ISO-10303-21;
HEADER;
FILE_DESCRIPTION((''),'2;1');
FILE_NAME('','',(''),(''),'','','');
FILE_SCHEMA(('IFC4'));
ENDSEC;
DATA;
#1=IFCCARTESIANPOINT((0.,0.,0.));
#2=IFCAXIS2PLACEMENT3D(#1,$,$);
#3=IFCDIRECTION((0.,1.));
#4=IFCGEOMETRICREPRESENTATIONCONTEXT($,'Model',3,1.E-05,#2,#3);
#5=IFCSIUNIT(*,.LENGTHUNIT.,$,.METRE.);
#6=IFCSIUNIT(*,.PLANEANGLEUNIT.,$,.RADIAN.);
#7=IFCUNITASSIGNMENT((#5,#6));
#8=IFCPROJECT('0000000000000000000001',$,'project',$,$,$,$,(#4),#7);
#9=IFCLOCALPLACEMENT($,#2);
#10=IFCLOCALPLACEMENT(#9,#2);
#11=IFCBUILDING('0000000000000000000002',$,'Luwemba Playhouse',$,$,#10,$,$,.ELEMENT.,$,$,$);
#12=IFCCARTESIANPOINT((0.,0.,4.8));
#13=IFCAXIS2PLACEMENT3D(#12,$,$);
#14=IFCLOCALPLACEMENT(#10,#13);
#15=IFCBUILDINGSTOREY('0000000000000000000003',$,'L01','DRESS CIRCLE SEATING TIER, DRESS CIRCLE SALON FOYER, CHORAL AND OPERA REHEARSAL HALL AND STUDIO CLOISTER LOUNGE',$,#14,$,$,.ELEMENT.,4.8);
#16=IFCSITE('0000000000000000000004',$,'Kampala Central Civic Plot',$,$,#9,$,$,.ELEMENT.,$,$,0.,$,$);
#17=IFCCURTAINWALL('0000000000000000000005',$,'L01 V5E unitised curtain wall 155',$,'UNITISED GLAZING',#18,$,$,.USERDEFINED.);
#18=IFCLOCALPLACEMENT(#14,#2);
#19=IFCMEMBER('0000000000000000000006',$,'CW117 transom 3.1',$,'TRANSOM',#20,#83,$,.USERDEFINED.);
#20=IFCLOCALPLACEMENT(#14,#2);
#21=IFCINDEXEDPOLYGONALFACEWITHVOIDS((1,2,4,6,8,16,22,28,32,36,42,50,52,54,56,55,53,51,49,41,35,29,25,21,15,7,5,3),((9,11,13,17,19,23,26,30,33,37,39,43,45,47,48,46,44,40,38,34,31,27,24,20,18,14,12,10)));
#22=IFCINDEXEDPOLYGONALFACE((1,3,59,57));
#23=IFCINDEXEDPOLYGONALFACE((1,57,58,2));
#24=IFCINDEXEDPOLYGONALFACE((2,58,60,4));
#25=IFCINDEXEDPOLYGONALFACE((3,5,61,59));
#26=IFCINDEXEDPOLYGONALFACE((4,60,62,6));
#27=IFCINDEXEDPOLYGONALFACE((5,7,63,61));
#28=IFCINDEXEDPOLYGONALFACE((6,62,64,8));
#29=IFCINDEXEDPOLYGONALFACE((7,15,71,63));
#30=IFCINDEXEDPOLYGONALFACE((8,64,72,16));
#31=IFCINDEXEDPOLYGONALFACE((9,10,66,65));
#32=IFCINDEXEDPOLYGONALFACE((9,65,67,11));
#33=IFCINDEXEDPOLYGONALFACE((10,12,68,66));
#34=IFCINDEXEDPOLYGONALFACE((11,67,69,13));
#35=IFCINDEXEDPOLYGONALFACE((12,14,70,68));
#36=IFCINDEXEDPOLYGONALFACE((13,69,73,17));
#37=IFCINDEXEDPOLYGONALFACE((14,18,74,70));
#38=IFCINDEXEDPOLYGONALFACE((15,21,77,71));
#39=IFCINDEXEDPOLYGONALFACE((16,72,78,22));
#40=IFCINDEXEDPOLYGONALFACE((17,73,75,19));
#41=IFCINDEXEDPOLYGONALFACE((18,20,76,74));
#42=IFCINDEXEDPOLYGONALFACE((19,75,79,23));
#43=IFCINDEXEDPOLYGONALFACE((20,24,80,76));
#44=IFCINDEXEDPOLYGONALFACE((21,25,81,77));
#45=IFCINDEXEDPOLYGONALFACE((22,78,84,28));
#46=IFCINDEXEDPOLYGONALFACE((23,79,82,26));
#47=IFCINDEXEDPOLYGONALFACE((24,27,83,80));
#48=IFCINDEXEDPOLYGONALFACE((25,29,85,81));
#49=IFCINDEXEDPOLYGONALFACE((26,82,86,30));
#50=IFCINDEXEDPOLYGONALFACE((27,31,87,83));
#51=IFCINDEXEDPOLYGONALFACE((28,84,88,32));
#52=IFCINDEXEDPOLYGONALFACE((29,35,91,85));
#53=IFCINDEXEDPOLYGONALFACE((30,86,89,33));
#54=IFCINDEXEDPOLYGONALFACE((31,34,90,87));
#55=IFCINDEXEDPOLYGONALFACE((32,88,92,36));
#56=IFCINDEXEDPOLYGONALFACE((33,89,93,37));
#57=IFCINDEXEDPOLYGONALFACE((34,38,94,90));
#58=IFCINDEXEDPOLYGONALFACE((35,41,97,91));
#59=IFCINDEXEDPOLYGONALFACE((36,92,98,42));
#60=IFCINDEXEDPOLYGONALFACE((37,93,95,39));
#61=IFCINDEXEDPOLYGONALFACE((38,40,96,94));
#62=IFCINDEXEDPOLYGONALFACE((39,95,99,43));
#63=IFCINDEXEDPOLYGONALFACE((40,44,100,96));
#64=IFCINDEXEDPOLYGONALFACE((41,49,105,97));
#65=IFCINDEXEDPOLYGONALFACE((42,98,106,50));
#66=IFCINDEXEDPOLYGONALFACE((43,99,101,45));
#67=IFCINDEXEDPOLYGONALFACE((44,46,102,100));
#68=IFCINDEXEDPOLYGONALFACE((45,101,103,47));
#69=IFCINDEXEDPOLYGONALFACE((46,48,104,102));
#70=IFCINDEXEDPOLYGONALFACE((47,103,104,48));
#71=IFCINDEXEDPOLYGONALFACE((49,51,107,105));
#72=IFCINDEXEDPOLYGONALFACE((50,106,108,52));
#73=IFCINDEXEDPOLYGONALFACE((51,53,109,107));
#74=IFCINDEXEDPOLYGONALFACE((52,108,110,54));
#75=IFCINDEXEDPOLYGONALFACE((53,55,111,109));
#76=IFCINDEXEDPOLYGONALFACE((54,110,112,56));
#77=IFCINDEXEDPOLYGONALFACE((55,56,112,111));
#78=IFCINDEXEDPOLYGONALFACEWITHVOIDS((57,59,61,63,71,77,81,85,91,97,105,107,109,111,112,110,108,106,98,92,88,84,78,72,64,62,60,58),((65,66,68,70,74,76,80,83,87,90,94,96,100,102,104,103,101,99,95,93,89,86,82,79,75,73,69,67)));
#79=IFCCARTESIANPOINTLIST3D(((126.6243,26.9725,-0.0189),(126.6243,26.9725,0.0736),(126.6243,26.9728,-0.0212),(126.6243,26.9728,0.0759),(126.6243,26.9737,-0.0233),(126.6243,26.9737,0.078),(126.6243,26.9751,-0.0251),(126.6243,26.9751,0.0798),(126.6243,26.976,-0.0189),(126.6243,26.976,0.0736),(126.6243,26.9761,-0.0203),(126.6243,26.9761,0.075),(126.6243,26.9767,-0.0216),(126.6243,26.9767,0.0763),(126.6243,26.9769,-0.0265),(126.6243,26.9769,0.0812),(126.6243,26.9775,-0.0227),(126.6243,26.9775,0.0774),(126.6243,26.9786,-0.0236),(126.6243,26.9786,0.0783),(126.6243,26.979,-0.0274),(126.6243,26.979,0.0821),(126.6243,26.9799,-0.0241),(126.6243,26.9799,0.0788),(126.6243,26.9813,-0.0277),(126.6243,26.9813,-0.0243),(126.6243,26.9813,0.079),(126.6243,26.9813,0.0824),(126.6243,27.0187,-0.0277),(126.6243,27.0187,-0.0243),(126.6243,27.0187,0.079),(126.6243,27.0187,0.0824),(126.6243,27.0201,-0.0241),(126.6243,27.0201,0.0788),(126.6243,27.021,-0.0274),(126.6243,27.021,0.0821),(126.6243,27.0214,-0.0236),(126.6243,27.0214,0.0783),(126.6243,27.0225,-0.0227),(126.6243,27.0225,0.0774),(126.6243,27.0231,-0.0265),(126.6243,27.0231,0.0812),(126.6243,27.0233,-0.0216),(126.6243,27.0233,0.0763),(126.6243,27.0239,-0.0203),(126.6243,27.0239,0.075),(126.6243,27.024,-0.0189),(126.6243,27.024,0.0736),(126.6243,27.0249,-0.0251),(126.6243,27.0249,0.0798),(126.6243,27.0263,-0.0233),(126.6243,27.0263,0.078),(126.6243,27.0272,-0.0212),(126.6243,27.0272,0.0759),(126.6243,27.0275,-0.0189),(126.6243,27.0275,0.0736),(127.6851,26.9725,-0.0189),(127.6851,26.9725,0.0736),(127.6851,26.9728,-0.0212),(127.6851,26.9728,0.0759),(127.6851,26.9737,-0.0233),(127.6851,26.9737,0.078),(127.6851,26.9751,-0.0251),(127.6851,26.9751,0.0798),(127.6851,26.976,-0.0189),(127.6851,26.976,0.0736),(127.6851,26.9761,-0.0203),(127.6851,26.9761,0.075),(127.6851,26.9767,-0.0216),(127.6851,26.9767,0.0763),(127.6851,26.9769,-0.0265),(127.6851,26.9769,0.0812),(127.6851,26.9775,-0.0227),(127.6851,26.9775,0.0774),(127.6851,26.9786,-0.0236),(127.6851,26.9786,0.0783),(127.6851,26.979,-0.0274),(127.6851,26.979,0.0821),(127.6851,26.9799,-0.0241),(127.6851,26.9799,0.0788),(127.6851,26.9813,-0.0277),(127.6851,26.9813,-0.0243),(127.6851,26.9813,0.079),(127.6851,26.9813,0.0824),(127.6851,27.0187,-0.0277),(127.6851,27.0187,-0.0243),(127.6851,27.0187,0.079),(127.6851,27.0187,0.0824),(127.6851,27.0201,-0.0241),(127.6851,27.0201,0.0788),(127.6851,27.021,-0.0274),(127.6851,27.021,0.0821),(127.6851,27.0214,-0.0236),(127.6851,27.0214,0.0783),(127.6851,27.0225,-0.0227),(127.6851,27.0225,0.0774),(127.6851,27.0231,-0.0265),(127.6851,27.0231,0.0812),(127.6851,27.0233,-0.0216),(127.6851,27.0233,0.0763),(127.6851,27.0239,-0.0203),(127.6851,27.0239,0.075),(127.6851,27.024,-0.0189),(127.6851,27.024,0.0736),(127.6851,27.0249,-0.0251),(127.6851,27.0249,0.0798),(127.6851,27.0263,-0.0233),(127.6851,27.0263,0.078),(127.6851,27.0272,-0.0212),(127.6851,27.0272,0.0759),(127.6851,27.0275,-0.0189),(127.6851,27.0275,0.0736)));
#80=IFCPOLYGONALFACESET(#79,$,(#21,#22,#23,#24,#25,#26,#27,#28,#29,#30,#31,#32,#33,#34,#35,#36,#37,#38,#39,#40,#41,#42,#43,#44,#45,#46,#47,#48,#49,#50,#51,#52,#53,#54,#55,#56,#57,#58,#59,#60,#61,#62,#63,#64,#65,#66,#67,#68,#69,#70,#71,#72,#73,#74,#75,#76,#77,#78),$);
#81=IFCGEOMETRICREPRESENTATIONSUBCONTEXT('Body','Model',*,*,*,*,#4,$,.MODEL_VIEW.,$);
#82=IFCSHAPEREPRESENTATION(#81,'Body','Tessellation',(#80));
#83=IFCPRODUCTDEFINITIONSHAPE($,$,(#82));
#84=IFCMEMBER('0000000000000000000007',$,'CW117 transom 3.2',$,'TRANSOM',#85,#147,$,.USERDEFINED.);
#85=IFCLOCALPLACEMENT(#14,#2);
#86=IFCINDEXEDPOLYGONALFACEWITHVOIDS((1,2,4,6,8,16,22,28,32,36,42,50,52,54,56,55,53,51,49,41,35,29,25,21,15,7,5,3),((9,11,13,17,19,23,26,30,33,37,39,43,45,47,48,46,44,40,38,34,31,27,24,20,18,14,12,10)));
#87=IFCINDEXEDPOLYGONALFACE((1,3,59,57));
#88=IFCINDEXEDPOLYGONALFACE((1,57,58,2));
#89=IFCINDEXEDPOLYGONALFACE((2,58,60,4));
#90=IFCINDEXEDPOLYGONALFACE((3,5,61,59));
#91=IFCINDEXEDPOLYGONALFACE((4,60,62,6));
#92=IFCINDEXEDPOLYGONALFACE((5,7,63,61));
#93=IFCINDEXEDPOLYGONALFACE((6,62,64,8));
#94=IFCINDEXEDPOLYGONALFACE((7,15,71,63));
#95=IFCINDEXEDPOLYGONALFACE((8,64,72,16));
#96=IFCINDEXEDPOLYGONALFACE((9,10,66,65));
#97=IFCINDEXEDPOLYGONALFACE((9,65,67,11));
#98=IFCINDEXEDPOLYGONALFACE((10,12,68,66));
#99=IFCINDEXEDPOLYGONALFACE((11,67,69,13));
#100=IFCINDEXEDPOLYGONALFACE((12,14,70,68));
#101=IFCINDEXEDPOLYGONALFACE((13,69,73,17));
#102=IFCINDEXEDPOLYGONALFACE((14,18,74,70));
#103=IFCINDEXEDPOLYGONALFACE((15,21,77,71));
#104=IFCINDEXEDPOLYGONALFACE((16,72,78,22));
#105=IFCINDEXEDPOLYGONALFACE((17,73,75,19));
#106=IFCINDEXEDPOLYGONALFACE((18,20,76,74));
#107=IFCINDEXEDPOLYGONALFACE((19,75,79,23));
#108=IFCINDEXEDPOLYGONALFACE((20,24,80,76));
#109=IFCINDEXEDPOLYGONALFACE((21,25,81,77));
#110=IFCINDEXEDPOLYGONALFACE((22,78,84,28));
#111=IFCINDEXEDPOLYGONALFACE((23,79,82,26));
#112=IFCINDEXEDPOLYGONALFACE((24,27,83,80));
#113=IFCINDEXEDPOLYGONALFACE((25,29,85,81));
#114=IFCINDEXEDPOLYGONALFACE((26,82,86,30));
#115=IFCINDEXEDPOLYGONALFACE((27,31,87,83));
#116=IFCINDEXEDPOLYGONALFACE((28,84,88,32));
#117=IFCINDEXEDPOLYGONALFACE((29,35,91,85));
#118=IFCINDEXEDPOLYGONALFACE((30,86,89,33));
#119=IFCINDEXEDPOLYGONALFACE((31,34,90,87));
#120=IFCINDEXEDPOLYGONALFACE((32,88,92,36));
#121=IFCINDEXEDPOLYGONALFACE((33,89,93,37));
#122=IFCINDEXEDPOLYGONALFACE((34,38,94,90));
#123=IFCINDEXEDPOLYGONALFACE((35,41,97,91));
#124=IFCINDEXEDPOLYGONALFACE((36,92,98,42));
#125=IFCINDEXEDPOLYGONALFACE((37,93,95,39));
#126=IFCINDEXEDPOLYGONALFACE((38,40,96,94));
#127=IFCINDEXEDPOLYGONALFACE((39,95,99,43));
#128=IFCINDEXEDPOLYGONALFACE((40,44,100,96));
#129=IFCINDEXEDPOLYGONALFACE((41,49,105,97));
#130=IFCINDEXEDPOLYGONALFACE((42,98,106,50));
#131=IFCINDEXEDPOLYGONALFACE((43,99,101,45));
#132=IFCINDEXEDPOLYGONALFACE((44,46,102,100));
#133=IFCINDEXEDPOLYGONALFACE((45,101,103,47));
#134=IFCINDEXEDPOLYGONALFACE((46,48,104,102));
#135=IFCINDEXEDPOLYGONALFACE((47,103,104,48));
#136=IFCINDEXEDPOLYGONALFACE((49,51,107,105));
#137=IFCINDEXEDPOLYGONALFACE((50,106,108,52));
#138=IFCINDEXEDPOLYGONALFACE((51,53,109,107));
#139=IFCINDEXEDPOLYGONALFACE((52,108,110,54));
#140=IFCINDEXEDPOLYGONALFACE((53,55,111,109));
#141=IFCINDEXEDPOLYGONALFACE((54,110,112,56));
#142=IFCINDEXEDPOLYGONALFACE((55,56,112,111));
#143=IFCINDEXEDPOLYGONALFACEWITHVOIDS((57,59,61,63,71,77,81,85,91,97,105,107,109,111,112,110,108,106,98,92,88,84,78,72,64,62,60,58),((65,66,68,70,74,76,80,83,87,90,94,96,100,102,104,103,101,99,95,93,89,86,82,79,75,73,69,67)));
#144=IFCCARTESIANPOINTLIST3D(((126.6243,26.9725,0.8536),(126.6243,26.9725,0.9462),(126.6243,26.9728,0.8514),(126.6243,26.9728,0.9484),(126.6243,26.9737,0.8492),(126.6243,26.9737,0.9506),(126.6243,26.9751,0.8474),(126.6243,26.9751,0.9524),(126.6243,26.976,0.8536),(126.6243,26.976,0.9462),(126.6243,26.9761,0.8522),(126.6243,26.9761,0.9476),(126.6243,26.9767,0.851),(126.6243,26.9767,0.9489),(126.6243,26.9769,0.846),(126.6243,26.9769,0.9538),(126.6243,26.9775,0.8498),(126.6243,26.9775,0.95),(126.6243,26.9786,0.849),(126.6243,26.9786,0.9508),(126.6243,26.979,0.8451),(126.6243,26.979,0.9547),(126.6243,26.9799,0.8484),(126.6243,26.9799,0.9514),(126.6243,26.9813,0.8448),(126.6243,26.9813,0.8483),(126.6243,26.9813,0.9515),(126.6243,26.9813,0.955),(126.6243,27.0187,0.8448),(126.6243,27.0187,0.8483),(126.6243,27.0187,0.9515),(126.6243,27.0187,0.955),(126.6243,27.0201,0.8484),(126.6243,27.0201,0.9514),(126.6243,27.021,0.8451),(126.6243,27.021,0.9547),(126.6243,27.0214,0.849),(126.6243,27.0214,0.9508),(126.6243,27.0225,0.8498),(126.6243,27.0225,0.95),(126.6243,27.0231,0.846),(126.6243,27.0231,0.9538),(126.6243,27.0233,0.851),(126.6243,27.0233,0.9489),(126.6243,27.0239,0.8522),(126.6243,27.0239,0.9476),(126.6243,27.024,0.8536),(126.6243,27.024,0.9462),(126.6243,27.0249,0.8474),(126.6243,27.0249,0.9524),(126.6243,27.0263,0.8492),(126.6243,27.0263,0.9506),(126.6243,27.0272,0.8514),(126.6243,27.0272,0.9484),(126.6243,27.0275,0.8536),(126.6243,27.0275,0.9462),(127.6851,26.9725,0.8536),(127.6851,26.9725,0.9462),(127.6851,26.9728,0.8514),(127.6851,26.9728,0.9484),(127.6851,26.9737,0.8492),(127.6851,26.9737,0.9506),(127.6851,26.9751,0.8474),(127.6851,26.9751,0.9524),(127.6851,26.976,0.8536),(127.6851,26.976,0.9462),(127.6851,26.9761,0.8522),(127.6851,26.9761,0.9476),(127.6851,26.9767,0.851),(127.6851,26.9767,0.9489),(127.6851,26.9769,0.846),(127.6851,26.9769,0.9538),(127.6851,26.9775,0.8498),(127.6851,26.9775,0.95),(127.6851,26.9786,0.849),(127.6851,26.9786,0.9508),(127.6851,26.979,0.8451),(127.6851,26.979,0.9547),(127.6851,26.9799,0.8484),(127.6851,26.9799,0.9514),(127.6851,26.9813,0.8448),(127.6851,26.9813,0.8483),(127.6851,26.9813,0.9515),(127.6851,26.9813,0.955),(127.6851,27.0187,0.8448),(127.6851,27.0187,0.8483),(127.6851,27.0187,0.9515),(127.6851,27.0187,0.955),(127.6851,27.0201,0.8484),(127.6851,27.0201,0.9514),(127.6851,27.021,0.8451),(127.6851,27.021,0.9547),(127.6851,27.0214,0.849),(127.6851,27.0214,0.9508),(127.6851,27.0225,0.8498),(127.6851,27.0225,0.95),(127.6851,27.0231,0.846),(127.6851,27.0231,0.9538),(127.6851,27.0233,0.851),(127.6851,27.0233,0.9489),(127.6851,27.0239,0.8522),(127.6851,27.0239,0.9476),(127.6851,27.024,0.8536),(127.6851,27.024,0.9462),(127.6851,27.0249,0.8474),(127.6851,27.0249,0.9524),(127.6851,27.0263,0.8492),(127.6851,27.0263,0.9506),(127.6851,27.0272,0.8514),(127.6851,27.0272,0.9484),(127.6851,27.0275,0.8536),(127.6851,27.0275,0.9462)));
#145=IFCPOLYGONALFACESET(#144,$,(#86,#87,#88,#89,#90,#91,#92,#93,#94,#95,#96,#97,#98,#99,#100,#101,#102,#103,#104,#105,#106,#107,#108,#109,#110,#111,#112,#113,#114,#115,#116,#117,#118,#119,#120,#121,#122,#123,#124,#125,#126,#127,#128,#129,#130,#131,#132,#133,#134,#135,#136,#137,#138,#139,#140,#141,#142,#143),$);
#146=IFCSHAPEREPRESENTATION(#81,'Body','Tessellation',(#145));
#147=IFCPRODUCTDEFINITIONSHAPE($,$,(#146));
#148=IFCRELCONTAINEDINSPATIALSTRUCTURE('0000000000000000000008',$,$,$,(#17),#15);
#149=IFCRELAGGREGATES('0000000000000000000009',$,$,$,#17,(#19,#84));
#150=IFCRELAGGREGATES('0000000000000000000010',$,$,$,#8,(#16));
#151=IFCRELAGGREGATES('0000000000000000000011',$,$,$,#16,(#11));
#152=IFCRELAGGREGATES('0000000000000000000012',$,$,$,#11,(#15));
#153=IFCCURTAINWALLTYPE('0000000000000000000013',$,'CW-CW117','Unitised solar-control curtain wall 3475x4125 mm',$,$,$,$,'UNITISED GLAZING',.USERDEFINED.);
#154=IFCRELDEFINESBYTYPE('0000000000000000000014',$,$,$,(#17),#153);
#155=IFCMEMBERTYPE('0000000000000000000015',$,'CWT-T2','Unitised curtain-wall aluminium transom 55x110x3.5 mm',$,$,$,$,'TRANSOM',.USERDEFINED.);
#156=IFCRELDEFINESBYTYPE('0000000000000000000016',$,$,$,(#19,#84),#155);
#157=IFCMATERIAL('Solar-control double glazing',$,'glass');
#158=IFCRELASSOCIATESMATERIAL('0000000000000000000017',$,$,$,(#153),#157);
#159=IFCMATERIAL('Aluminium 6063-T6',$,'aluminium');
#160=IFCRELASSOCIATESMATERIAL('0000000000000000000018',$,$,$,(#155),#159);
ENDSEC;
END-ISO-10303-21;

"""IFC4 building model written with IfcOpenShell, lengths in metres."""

from ifc_helpers import new_model, si_unit, direction, frame, origin, origin_2d, place, context, subcontext, project, spatial, hollow_rectangle, extrude, material, material_profile, profile_set, type_object, element, aggregate, save


model = new_model("IFC4")

# Units and contexts
model_context = context("Model", 3, precision=1e-05, world=origin(), true_north=direction((0.0, 1.0)))
body_context = subcontext(model_context, "Body", "Model", "MODEL_VIEW")
ifc_project = project(units=[si_unit("LENGTHUNIT", "METRE"), si_unit("PLANEANGLEUNIT", "RADIAN")], contexts=[model_context])

# Site, building, storey
site_placement = place(None, origin())
site = spatial("IfcSite", under=ifc_project, at=site_placement, Name="Kampala Central Civic Plot", CompositionType="ELEMENT", RefElevation=0.0)
building_placement = place(site_placement, origin())
building = spatial("IfcBuilding", under=site, at=building_placement, Name="Luwemba Playhouse", CompositionType="ELEMENT")
storey_placement = place(building_placement, frame((0.0, 0.0, 4.8)))
storey = spatial("IfcBuildingStorey", under=building, at=storey_placement, Name="L01", Description="DRESS CIRCLE SEATING TIER, DRESS CIRCLE SALON FOYER, CHORAL AND OPERA REHEARSAL HALL AND STUDIO CLOISTER LOUNGE", CompositionType="ELEMENT", Elevation=4.8)

# Curtain wall
ifc_material_1 = material(Name="Solar-control double glazing", Category="glass")
curtain_wall_type_1 = type_object("IfcCurtainWallType", Name="CW-CW117", Description="Unitised solar-control curtain wall 3475x4125 mm", ElementType="UNITISED GLAZING", PredefinedType="USERDEFINED", material=ifc_material_1)
curtain_wall_1_placement = place(storey_placement, origin())
curtain_wall_1 = element("IfcCurtainWall", 1, at=curtain_wall_1_placement, inside=storey, type_object=curtain_wall_type_1, Name="L01 V5E unitised curtain wall 155", ObjectType="UNITISED GLAZING", PredefinedType="USERDEFINED")
ifc_material_2 = material(Name="Aluminium 6063-T6", Category="aluminium")

# Members
ifc_material_profile_1 = material_profile(ifc_material_2, hollow_rectangle(XDim=0.0549, YDim=0.1101, WallThickness=0.0034, InnerFilletRadius=0.0054, OuterFilletRadius=0.0088, at=origin_2d()))
ifc_profile_set_1 = profile_set([ifc_material_profile_1], Name="Aluminium 6063-T6")
member_type_1 = type_object("IfcMemberType", Name="CWT-T2", Description="Unitised curtain-wall aluminium transom 55x110x3.5 mm", ElementType="TRANSOM", PredefinedType="USERDEFINED", material=ifc_profile_set_1)
member_1_placement = place(storey_placement, frame((126.6243, 27.0, 0.0273), z_axis=(1.0, 0.0, 0.0), x_axis=(0.0, 1.0, 0.0)))
member_1 = element("IfcMember", 2, at=member_1_placement, type_object=member_type_1, Name="CW117 transom 3.1", ObjectType="TRANSOM", PredefinedType="USERDEFINED", context=body_context, shape_type="SweptSolid", body=[
    extrude(hollow_rectangle(XDim=0.0549, YDim=0.1101, WallThickness=0.0034, InnerFilletRadius=0.0054, OuterFilletRadius=0.0088, at=origin_2d()), origin(), (0.0, 0.0, 1.0), 1.0608),
])
member_2_placement = place(storey_placement, frame((126.6243, 27.0, 0.8999), z_axis=(1.0, 0.0, 0.0), x_axis=(0.0, 1.0, 0.0)))
member_2 = element("IfcMember", 3, at=member_2_placement, type_object=member_type_1, Name="CW117 transom 3.2", ObjectType="TRANSOM", PredefinedType="USERDEFINED", context=body_context, shape_type="SweptSolid", body=[
    extrude(hollow_rectangle(XDim=0.0549, YDim=0.1101, WallThickness=0.0034, InnerFilletRadius=0.0054, OuterFilletRadius=0.0088, at=origin_2d()), origin(), (0.0, 0.0, 1.0), 1.0608),
])

aggregate(curtain_wall_1, [member_1, member_2])

save(model, "model.ifc")
